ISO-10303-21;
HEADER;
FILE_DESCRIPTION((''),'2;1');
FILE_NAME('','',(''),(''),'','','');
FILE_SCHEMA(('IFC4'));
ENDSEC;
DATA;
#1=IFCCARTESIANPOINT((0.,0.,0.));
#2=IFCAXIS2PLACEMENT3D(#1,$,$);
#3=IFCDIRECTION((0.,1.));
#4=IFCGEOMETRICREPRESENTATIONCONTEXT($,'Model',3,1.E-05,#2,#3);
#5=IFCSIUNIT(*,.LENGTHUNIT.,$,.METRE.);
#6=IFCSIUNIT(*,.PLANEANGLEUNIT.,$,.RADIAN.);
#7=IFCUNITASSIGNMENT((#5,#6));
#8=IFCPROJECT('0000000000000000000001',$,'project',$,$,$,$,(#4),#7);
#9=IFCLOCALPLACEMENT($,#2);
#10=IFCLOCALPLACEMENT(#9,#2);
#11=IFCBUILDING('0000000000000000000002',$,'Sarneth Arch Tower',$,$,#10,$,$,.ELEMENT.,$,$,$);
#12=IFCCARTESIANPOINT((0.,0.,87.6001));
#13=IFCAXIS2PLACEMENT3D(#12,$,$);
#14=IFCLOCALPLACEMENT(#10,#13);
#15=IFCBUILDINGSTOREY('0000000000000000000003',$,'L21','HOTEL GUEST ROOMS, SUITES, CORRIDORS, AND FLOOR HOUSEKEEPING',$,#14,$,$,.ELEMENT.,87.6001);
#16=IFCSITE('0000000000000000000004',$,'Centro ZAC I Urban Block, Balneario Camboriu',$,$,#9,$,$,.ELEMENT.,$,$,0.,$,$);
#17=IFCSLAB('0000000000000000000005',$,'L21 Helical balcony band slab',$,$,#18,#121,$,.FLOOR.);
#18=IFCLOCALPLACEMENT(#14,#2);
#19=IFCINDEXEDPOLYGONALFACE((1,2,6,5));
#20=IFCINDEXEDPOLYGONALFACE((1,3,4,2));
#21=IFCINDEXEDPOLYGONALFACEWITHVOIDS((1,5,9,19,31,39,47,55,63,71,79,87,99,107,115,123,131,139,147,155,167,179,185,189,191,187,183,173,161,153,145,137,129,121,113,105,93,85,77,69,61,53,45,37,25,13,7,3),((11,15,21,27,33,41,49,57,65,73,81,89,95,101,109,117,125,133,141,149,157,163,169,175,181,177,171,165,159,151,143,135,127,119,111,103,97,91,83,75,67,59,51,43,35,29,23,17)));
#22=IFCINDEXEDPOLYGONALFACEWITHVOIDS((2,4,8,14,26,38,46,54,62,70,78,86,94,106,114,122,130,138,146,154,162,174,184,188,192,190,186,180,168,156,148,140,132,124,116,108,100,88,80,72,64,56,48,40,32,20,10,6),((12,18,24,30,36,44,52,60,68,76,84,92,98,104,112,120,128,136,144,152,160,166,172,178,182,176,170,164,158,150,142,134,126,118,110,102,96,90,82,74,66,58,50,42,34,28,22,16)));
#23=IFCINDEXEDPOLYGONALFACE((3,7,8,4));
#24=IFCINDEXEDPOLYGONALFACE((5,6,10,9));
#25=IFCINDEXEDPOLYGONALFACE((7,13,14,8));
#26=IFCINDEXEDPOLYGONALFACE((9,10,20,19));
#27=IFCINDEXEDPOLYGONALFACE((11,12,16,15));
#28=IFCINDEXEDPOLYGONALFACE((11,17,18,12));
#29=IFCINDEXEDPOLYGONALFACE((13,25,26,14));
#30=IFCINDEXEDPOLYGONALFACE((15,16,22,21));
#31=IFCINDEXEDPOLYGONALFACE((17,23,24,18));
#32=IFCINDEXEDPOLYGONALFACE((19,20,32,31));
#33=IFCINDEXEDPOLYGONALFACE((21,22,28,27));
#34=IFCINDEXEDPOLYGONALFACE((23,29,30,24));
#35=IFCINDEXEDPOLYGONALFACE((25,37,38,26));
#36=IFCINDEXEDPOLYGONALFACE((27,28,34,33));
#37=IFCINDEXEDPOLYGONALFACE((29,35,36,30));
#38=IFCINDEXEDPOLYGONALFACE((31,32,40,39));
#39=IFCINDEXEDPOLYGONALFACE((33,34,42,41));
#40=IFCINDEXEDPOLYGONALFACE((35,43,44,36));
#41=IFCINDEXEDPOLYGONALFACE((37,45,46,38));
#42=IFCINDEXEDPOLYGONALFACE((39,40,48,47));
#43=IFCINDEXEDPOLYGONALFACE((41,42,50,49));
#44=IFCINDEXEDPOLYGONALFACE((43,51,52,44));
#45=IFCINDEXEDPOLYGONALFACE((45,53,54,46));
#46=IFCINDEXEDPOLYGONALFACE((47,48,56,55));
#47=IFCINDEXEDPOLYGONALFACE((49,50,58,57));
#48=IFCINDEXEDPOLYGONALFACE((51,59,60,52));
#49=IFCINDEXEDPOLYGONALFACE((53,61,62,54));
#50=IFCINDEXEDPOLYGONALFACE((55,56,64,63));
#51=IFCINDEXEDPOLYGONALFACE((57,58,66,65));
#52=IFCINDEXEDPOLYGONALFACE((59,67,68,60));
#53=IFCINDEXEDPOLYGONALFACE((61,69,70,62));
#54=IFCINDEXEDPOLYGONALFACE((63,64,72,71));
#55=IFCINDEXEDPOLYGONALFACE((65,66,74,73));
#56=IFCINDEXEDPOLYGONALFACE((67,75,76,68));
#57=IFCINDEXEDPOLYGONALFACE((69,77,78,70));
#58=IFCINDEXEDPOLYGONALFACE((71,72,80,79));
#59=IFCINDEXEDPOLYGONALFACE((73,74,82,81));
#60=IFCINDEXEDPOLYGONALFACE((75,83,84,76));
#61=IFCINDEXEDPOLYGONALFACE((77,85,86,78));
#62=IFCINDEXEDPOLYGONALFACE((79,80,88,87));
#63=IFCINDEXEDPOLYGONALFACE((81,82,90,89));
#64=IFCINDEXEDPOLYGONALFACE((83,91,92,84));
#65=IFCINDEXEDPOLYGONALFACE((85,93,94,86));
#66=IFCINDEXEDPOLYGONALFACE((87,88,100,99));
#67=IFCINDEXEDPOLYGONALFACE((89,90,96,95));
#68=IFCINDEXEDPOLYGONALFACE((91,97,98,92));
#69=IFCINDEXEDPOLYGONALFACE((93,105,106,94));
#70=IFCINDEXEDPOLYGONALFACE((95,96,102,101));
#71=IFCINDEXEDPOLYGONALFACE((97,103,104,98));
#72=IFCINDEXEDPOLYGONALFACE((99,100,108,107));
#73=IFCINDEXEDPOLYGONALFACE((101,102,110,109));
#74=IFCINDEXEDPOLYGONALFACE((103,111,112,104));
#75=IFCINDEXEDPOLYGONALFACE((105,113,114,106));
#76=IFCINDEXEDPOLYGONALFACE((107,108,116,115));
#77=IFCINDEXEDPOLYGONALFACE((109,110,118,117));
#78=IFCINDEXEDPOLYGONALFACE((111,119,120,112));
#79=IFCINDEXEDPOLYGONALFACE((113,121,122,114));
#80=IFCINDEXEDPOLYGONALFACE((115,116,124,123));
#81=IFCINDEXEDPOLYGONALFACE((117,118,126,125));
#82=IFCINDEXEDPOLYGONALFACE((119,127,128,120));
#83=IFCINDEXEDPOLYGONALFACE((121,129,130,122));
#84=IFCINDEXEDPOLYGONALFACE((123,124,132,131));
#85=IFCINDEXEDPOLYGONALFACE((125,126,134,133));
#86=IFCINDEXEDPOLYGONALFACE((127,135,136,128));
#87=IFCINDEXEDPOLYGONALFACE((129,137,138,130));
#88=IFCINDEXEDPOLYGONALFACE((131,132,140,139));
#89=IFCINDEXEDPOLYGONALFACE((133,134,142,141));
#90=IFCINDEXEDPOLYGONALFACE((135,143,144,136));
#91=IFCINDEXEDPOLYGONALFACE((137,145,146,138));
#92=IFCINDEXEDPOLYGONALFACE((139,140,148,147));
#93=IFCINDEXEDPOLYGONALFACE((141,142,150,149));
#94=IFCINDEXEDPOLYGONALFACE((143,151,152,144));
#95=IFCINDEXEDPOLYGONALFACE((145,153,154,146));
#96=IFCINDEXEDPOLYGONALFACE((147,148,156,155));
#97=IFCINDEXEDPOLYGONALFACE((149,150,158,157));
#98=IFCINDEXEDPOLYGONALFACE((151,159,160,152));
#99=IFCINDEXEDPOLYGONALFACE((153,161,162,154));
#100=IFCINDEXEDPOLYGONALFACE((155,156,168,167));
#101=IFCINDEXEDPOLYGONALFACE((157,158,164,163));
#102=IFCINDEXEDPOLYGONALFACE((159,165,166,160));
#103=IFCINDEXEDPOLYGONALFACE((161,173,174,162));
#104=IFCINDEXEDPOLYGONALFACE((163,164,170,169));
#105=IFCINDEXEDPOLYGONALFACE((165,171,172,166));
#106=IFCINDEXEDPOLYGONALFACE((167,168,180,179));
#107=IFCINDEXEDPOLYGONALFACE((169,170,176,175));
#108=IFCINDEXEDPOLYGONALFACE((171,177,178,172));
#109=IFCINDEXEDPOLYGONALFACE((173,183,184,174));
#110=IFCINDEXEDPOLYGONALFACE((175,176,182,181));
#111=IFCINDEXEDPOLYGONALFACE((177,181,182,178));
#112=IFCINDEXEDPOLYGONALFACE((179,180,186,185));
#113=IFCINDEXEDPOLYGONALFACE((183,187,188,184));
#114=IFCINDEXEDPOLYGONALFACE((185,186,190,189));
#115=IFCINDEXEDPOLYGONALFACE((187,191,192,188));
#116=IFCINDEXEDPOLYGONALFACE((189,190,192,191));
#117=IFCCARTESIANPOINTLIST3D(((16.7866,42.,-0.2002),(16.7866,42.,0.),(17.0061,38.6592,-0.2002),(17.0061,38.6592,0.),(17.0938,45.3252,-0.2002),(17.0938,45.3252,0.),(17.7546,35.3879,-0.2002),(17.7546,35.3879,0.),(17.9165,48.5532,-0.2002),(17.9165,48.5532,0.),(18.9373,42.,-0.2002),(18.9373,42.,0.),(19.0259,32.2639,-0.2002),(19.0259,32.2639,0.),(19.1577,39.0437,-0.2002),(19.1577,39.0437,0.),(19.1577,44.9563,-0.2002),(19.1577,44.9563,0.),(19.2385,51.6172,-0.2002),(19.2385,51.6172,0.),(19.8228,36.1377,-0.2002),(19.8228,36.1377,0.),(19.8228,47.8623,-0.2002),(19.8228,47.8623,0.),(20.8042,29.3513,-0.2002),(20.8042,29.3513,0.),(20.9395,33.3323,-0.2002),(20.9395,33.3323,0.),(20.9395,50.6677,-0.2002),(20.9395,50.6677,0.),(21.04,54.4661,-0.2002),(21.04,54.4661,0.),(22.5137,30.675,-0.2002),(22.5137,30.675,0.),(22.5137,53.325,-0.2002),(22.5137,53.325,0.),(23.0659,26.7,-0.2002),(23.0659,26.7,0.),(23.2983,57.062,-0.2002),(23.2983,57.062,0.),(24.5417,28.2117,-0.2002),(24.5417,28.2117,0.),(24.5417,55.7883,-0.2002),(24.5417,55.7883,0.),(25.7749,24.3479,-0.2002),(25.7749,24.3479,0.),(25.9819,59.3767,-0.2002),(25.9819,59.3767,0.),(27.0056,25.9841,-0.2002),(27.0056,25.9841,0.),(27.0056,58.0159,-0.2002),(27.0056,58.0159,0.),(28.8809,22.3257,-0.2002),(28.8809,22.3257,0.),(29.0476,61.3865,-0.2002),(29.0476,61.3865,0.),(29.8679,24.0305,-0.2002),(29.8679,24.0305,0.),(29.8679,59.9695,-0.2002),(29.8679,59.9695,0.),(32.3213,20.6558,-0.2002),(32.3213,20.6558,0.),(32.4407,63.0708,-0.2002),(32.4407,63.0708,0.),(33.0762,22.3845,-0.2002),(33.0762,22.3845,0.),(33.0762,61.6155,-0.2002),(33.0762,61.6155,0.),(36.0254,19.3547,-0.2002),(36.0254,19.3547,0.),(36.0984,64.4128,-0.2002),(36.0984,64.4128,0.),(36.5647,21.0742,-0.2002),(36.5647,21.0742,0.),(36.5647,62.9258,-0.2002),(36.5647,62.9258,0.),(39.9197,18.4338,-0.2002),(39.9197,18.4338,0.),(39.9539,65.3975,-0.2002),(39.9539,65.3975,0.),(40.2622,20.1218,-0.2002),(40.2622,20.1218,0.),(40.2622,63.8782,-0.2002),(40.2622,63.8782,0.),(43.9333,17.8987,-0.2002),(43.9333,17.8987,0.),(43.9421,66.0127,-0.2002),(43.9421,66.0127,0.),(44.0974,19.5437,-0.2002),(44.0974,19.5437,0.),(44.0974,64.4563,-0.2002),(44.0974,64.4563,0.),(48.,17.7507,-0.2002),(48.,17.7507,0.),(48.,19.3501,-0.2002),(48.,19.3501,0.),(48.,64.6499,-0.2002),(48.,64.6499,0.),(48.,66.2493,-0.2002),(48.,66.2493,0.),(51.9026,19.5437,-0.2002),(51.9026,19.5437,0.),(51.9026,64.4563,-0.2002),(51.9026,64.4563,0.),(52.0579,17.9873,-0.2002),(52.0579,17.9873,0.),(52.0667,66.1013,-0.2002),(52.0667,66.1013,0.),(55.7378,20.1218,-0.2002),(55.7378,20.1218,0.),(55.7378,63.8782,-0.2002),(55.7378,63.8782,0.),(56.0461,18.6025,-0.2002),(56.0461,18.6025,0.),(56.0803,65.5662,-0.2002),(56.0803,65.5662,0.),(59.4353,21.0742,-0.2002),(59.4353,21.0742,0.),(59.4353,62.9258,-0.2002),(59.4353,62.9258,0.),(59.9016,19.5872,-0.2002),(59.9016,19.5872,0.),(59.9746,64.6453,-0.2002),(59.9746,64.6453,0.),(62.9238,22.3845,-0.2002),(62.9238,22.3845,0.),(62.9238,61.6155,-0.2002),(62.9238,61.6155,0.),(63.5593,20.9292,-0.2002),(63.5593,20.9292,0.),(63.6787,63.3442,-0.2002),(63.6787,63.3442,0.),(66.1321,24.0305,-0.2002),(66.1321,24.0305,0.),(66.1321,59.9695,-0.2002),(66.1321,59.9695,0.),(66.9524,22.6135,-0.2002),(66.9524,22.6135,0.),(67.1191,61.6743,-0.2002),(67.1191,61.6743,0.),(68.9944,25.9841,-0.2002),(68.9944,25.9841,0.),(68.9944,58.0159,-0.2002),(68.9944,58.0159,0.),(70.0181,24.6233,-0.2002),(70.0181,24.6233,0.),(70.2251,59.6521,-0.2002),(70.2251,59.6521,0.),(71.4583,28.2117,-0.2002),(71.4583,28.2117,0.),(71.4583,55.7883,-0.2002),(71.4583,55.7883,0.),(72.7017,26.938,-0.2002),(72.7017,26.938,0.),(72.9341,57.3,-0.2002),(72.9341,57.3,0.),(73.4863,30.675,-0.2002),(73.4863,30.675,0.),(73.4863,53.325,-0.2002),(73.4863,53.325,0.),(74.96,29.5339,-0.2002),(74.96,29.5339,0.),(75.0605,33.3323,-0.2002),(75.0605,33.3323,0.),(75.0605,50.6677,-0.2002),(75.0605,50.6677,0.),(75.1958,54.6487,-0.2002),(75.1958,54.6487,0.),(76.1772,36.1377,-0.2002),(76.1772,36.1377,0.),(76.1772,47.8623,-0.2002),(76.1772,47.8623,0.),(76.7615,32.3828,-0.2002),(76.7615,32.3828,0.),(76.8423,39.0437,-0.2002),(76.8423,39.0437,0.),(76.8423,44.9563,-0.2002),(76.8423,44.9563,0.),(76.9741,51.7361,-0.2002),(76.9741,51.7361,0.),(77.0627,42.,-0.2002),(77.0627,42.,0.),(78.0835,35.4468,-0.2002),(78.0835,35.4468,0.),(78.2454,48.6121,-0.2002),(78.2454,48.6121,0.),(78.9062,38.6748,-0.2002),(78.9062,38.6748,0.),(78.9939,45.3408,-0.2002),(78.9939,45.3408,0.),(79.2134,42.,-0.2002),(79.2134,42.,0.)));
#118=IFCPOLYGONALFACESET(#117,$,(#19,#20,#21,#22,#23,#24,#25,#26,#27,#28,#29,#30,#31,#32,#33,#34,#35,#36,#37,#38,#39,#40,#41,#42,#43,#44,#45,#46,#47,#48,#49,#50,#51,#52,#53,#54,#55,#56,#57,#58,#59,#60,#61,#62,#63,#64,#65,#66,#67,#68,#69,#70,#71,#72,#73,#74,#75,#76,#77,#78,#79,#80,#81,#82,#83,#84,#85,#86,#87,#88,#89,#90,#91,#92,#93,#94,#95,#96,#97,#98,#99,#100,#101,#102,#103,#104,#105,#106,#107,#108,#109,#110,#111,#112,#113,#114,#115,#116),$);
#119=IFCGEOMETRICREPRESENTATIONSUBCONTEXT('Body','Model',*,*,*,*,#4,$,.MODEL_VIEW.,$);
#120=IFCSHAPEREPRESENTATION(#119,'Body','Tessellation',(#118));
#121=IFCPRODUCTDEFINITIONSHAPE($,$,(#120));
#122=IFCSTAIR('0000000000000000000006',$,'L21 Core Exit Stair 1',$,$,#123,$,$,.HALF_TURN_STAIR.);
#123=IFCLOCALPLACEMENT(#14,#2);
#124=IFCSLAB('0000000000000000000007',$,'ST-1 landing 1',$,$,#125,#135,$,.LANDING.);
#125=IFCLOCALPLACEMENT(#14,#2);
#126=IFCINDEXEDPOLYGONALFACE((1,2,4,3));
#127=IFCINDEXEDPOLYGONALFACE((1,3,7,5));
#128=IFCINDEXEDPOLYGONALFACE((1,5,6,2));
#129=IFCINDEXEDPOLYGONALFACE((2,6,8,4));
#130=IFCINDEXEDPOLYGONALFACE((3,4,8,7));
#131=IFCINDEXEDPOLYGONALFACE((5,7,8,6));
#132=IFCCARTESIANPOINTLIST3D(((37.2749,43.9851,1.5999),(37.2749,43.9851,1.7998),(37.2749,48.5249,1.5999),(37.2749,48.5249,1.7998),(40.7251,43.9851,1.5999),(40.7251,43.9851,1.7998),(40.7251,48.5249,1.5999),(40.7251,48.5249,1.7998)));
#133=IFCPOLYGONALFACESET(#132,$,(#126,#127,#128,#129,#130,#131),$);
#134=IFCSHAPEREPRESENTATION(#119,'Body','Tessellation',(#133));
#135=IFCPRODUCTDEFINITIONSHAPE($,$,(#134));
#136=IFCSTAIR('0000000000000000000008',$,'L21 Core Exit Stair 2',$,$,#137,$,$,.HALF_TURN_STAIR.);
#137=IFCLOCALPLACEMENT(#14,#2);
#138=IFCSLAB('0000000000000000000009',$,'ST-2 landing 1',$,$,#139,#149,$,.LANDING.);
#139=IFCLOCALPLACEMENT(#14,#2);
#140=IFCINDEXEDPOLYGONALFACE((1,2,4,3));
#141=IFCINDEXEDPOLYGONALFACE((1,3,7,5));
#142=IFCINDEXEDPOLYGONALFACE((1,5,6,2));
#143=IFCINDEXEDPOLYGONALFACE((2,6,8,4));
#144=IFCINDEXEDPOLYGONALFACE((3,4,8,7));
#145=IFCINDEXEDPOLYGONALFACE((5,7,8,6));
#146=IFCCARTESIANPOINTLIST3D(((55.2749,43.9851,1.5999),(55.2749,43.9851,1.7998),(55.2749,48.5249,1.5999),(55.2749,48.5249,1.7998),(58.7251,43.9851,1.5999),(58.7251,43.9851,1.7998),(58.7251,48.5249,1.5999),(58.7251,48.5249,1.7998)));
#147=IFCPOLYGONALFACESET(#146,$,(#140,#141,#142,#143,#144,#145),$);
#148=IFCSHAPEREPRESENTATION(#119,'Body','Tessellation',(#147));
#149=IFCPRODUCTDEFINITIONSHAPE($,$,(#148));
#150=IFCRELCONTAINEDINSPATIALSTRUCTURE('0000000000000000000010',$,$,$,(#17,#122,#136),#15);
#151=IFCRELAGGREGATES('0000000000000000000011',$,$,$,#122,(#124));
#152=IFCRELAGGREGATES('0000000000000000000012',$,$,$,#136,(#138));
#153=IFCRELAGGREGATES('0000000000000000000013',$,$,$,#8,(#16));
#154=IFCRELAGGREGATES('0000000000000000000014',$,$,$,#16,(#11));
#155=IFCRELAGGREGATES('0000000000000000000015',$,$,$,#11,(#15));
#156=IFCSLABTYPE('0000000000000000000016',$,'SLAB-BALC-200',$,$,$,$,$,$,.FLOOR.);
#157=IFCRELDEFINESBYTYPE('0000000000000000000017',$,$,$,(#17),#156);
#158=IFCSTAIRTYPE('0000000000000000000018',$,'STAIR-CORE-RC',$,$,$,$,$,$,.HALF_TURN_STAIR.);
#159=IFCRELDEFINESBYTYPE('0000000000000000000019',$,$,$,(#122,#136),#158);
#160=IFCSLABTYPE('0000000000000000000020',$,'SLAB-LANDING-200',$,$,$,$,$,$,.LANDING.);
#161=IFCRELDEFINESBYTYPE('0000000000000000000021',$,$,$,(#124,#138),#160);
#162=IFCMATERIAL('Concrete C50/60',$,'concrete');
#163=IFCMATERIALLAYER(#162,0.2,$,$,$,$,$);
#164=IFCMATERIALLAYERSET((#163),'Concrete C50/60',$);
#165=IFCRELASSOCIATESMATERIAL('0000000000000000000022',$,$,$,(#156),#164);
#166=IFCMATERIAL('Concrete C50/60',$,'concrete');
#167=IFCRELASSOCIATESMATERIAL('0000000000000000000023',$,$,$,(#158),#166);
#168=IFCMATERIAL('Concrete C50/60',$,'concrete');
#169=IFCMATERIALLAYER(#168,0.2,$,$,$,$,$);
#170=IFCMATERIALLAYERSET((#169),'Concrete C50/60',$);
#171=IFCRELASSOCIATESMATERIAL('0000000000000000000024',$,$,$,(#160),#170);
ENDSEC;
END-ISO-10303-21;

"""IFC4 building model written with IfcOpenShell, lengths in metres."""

from ifc_helpers import new_model, si_unit, direction, frame, origin, place, context, subcontext, project, spatial, polyline, outline, extrude, material, layer, layer_set, type_object, element, aggregate, save


model = new_model("IFC4")

# Units and contexts
model_context = context("Model", 3, precision=1e-05, world=origin(), true_north=direction((0.0, 1.0)))
body_context = subcontext(model_context, "Body", "Model", "MODEL_VIEW")
ifc_project = project(units=[si_unit("LENGTHUNIT", "METRE"), si_unit("PLANEANGLEUNIT", "RADIAN")], contexts=[model_context])

# Site, building, storey
site_placement = place(None, origin())
site = spatial("IfcSite", under=ifc_project, at=site_placement, Name="Centro ZAC I Urban Block, Balneario Camboriu", CompositionType="ELEMENT", RefElevation=0.0)
building_placement = place(site_placement, origin())
building = spatial("IfcBuilding", under=site, at=building_placement, Name="Sarneth Arch Tower", CompositionType="ELEMENT")
storey_placement = place(building_placement, frame((0.0, 0.0, 87.6001)))
storey = spatial("IfcBuildingStorey", under=building, at=storey_placement, Name="L21", Description="HOTEL GUEST ROOMS, SUITES, CORRIDORS, AND FLOOR HOUSEKEEPING", CompositionType="ELEMENT", Elevation=87.6001)

# Slab
ifc_material_1 = material(Name="Concrete C50/60", Category="concrete")
ifc_layer_1 = layer(ifc_material_1, 0.2)
ifc_layer_set_1 = layer_set([ifc_layer_1], Name="Concrete C50/60")
slab_type_1 = type_object("IfcSlabType", Name="SLAB-BALC-200", PredefinedType="FLOOR", material=ifc_layer_set_1)
slab_1_placement = place(storey_placement, frame((0.0, 0.0, -0.2002)))
element("IfcSlab", 1, at=slab_1_placement, inside=storey, type_object=slab_type_1, Name="L21 Helical balcony band slab", PredefinedType="FLOOR", context=body_context, shape_type="SweptSolid", body=[
    extrude(outline(polyline([(79.2134, 42.0), (78.9939, 45.3408), (78.2454, 48.6121), (76.9741, 51.7361), (75.1958, 54.6487), (72.9341, 57.3), (70.2251, 59.6521), (67.1191, 61.6743), (63.6787, 63.3442), (59.9746, 64.6453), (56.0803, 65.5662), (52.0667, 66.1013), (48.0, 66.2493), (43.9421, 66.0127), (39.9539, 65.3975), (36.0984, 64.4128), (32.4407, 63.0708), (29.0476, 61.3865), (25.9819, 59.3767), (23.2983, 57.062), (21.04, 54.4661), (19.2385, 51.6172), (17.9165, 48.5532), (17.0938, 45.3252), (16.7866, 42.0), (17.0061, 38.6592), (17.7546, 35.3879), (19.0259, 32.2639), (20.8042, 29.3513), (23.0659, 26.7), (25.7749, 24.3479), (28.8809, 22.3257), (32.3213, 20.6558), (36.0254, 19.3547), (39.9197, 18.4338), (43.9333, 17.8987), (48.0, 17.7507), (52.0579, 17.9873), (56.0461, 18.6025), (59.9016, 19.5872), (63.5593, 20.9292), (66.9524, 22.6135), (70.0181, 24.6233), (72.7017, 26.938), (74.96, 29.5339), (76.7615, 32.3828), (78.0835, 35.4468), (78.9062, 38.6748), (79.2134, 42.0)]), holes=[polyline([(77.0627, 42.0), (76.8423, 44.9563), (76.1772, 47.8623), (75.0605, 50.6677), (73.4863, 53.325), (71.4583, 55.7883), (68.9944, 58.0159), (66.1321, 59.9695), (62.9238, 61.6155), (59.4353, 62.9258), (55.7378, 63.8782), (51.9026, 64.4563), (48.0, 64.6499), (44.0974, 64.4563), (40.2622, 63.8782), (36.5647, 62.9258), (33.0762, 61.6155), (29.8679, 59.9695), (27.0056, 58.0159), (24.5417, 55.7883), (22.5137, 53.325), (20.9395, 50.6677), (19.8228, 47.8623), (19.1577, 44.9563), (18.9373, 42.0), (19.1577, 39.0437), (19.8228, 36.1377), (20.9395, 33.3323), (22.5137, 30.675), (24.5417, 28.2117), (27.0056, 25.9841), (29.8679, 24.0305), (33.0762, 22.3845), (36.5647, 21.0742), (40.2622, 20.1218), (44.0974, 19.5437), (48.0, 19.3501), (51.9026, 19.5437), (55.7378, 20.1218), (59.4353, 21.0742), (62.9238, 22.3845), (66.1321, 24.0305), (68.9944, 25.9841), (71.4583, 28.2117), (73.4863, 30.675), (75.0605, 33.3323), (76.1772, 36.1377), (76.8423, 39.0437), (77.0627, 42.0)])]), origin(), (0.0, 0.0, 1.0), 0.2002),
])

# Stairs, slabs
ifc_material_2 = material(Name="Concrete C50/60", Category="concrete")
stair_type = type_object("IfcStairType", Name="STAIR-CORE-RC", PredefinedType="HALF_TURN_STAIR", material=ifc_material_2)
stair_1_placement = place(storey_placement, origin())
stair_1 = element("IfcStair", 2, at=stair_1_placement, inside=storey, type_object=stair_type, Name="L21 Core Exit Stair 1", PredefinedType="HALF_TURN_STAIR")
ifc_material_3 = material(Name="Concrete C50/60", Category="concrete")
ifc_layer_2 = layer(ifc_material_3, 0.2)
ifc_layer_set_2 = layer_set([ifc_layer_2], Name="Concrete C50/60")
slab_type_2 = type_object("IfcSlabType", Name="SLAB-LANDING-200", PredefinedType="LANDING", material=ifc_layer_set_2)
slab_2_placement = place(storey_placement, frame((0.0, 0.0, 1.5999)))
slab_2 = element("IfcSlab", 3, at=slab_2_placement, type_object=slab_type_2, Name="ST-1 landing 1", PredefinedType="LANDING", context=body_context, shape_type="SweptSolid", body=[
    extrude(outline(polyline([(37.2749, 43.9851), (40.7251, 43.9851), (40.7251, 48.5249), (37.2749, 48.5249), (37.2749, 43.9851)])), origin(), (0.0, 0.0, 1.0), 0.2),
])
aggregate(stair_1, [slab_2])
stair_2_placement = place(storey_placement, origin())
stair_2 = element("IfcStair", 4, at=stair_2_placement, inside=storey, type_object=stair_type, Name="L21 Core Exit Stair 2", PredefinedType="HALF_TURN_STAIR")
slab_3_placement = place(storey_placement, frame((0.0, 0.0, 1.5999)))
slab_3 = element("IfcSlab", 5, at=slab_3_placement, type_object=slab_type_2, Name="ST-2 landing 1", PredefinedType="LANDING", context=body_context, shape_type="SweptSolid", body=[
    extrude(outline(polyline([(55.2749, 43.9851), (58.7251, 43.9851), (58.7251, 48.5249), (55.2749, 48.5249), (55.2749, 43.9851)])), origin(), (0.0, 0.0, 1.0), 0.2),
])
aggregate(stair_2, [slab_3])

save(model, "model.ifc")
